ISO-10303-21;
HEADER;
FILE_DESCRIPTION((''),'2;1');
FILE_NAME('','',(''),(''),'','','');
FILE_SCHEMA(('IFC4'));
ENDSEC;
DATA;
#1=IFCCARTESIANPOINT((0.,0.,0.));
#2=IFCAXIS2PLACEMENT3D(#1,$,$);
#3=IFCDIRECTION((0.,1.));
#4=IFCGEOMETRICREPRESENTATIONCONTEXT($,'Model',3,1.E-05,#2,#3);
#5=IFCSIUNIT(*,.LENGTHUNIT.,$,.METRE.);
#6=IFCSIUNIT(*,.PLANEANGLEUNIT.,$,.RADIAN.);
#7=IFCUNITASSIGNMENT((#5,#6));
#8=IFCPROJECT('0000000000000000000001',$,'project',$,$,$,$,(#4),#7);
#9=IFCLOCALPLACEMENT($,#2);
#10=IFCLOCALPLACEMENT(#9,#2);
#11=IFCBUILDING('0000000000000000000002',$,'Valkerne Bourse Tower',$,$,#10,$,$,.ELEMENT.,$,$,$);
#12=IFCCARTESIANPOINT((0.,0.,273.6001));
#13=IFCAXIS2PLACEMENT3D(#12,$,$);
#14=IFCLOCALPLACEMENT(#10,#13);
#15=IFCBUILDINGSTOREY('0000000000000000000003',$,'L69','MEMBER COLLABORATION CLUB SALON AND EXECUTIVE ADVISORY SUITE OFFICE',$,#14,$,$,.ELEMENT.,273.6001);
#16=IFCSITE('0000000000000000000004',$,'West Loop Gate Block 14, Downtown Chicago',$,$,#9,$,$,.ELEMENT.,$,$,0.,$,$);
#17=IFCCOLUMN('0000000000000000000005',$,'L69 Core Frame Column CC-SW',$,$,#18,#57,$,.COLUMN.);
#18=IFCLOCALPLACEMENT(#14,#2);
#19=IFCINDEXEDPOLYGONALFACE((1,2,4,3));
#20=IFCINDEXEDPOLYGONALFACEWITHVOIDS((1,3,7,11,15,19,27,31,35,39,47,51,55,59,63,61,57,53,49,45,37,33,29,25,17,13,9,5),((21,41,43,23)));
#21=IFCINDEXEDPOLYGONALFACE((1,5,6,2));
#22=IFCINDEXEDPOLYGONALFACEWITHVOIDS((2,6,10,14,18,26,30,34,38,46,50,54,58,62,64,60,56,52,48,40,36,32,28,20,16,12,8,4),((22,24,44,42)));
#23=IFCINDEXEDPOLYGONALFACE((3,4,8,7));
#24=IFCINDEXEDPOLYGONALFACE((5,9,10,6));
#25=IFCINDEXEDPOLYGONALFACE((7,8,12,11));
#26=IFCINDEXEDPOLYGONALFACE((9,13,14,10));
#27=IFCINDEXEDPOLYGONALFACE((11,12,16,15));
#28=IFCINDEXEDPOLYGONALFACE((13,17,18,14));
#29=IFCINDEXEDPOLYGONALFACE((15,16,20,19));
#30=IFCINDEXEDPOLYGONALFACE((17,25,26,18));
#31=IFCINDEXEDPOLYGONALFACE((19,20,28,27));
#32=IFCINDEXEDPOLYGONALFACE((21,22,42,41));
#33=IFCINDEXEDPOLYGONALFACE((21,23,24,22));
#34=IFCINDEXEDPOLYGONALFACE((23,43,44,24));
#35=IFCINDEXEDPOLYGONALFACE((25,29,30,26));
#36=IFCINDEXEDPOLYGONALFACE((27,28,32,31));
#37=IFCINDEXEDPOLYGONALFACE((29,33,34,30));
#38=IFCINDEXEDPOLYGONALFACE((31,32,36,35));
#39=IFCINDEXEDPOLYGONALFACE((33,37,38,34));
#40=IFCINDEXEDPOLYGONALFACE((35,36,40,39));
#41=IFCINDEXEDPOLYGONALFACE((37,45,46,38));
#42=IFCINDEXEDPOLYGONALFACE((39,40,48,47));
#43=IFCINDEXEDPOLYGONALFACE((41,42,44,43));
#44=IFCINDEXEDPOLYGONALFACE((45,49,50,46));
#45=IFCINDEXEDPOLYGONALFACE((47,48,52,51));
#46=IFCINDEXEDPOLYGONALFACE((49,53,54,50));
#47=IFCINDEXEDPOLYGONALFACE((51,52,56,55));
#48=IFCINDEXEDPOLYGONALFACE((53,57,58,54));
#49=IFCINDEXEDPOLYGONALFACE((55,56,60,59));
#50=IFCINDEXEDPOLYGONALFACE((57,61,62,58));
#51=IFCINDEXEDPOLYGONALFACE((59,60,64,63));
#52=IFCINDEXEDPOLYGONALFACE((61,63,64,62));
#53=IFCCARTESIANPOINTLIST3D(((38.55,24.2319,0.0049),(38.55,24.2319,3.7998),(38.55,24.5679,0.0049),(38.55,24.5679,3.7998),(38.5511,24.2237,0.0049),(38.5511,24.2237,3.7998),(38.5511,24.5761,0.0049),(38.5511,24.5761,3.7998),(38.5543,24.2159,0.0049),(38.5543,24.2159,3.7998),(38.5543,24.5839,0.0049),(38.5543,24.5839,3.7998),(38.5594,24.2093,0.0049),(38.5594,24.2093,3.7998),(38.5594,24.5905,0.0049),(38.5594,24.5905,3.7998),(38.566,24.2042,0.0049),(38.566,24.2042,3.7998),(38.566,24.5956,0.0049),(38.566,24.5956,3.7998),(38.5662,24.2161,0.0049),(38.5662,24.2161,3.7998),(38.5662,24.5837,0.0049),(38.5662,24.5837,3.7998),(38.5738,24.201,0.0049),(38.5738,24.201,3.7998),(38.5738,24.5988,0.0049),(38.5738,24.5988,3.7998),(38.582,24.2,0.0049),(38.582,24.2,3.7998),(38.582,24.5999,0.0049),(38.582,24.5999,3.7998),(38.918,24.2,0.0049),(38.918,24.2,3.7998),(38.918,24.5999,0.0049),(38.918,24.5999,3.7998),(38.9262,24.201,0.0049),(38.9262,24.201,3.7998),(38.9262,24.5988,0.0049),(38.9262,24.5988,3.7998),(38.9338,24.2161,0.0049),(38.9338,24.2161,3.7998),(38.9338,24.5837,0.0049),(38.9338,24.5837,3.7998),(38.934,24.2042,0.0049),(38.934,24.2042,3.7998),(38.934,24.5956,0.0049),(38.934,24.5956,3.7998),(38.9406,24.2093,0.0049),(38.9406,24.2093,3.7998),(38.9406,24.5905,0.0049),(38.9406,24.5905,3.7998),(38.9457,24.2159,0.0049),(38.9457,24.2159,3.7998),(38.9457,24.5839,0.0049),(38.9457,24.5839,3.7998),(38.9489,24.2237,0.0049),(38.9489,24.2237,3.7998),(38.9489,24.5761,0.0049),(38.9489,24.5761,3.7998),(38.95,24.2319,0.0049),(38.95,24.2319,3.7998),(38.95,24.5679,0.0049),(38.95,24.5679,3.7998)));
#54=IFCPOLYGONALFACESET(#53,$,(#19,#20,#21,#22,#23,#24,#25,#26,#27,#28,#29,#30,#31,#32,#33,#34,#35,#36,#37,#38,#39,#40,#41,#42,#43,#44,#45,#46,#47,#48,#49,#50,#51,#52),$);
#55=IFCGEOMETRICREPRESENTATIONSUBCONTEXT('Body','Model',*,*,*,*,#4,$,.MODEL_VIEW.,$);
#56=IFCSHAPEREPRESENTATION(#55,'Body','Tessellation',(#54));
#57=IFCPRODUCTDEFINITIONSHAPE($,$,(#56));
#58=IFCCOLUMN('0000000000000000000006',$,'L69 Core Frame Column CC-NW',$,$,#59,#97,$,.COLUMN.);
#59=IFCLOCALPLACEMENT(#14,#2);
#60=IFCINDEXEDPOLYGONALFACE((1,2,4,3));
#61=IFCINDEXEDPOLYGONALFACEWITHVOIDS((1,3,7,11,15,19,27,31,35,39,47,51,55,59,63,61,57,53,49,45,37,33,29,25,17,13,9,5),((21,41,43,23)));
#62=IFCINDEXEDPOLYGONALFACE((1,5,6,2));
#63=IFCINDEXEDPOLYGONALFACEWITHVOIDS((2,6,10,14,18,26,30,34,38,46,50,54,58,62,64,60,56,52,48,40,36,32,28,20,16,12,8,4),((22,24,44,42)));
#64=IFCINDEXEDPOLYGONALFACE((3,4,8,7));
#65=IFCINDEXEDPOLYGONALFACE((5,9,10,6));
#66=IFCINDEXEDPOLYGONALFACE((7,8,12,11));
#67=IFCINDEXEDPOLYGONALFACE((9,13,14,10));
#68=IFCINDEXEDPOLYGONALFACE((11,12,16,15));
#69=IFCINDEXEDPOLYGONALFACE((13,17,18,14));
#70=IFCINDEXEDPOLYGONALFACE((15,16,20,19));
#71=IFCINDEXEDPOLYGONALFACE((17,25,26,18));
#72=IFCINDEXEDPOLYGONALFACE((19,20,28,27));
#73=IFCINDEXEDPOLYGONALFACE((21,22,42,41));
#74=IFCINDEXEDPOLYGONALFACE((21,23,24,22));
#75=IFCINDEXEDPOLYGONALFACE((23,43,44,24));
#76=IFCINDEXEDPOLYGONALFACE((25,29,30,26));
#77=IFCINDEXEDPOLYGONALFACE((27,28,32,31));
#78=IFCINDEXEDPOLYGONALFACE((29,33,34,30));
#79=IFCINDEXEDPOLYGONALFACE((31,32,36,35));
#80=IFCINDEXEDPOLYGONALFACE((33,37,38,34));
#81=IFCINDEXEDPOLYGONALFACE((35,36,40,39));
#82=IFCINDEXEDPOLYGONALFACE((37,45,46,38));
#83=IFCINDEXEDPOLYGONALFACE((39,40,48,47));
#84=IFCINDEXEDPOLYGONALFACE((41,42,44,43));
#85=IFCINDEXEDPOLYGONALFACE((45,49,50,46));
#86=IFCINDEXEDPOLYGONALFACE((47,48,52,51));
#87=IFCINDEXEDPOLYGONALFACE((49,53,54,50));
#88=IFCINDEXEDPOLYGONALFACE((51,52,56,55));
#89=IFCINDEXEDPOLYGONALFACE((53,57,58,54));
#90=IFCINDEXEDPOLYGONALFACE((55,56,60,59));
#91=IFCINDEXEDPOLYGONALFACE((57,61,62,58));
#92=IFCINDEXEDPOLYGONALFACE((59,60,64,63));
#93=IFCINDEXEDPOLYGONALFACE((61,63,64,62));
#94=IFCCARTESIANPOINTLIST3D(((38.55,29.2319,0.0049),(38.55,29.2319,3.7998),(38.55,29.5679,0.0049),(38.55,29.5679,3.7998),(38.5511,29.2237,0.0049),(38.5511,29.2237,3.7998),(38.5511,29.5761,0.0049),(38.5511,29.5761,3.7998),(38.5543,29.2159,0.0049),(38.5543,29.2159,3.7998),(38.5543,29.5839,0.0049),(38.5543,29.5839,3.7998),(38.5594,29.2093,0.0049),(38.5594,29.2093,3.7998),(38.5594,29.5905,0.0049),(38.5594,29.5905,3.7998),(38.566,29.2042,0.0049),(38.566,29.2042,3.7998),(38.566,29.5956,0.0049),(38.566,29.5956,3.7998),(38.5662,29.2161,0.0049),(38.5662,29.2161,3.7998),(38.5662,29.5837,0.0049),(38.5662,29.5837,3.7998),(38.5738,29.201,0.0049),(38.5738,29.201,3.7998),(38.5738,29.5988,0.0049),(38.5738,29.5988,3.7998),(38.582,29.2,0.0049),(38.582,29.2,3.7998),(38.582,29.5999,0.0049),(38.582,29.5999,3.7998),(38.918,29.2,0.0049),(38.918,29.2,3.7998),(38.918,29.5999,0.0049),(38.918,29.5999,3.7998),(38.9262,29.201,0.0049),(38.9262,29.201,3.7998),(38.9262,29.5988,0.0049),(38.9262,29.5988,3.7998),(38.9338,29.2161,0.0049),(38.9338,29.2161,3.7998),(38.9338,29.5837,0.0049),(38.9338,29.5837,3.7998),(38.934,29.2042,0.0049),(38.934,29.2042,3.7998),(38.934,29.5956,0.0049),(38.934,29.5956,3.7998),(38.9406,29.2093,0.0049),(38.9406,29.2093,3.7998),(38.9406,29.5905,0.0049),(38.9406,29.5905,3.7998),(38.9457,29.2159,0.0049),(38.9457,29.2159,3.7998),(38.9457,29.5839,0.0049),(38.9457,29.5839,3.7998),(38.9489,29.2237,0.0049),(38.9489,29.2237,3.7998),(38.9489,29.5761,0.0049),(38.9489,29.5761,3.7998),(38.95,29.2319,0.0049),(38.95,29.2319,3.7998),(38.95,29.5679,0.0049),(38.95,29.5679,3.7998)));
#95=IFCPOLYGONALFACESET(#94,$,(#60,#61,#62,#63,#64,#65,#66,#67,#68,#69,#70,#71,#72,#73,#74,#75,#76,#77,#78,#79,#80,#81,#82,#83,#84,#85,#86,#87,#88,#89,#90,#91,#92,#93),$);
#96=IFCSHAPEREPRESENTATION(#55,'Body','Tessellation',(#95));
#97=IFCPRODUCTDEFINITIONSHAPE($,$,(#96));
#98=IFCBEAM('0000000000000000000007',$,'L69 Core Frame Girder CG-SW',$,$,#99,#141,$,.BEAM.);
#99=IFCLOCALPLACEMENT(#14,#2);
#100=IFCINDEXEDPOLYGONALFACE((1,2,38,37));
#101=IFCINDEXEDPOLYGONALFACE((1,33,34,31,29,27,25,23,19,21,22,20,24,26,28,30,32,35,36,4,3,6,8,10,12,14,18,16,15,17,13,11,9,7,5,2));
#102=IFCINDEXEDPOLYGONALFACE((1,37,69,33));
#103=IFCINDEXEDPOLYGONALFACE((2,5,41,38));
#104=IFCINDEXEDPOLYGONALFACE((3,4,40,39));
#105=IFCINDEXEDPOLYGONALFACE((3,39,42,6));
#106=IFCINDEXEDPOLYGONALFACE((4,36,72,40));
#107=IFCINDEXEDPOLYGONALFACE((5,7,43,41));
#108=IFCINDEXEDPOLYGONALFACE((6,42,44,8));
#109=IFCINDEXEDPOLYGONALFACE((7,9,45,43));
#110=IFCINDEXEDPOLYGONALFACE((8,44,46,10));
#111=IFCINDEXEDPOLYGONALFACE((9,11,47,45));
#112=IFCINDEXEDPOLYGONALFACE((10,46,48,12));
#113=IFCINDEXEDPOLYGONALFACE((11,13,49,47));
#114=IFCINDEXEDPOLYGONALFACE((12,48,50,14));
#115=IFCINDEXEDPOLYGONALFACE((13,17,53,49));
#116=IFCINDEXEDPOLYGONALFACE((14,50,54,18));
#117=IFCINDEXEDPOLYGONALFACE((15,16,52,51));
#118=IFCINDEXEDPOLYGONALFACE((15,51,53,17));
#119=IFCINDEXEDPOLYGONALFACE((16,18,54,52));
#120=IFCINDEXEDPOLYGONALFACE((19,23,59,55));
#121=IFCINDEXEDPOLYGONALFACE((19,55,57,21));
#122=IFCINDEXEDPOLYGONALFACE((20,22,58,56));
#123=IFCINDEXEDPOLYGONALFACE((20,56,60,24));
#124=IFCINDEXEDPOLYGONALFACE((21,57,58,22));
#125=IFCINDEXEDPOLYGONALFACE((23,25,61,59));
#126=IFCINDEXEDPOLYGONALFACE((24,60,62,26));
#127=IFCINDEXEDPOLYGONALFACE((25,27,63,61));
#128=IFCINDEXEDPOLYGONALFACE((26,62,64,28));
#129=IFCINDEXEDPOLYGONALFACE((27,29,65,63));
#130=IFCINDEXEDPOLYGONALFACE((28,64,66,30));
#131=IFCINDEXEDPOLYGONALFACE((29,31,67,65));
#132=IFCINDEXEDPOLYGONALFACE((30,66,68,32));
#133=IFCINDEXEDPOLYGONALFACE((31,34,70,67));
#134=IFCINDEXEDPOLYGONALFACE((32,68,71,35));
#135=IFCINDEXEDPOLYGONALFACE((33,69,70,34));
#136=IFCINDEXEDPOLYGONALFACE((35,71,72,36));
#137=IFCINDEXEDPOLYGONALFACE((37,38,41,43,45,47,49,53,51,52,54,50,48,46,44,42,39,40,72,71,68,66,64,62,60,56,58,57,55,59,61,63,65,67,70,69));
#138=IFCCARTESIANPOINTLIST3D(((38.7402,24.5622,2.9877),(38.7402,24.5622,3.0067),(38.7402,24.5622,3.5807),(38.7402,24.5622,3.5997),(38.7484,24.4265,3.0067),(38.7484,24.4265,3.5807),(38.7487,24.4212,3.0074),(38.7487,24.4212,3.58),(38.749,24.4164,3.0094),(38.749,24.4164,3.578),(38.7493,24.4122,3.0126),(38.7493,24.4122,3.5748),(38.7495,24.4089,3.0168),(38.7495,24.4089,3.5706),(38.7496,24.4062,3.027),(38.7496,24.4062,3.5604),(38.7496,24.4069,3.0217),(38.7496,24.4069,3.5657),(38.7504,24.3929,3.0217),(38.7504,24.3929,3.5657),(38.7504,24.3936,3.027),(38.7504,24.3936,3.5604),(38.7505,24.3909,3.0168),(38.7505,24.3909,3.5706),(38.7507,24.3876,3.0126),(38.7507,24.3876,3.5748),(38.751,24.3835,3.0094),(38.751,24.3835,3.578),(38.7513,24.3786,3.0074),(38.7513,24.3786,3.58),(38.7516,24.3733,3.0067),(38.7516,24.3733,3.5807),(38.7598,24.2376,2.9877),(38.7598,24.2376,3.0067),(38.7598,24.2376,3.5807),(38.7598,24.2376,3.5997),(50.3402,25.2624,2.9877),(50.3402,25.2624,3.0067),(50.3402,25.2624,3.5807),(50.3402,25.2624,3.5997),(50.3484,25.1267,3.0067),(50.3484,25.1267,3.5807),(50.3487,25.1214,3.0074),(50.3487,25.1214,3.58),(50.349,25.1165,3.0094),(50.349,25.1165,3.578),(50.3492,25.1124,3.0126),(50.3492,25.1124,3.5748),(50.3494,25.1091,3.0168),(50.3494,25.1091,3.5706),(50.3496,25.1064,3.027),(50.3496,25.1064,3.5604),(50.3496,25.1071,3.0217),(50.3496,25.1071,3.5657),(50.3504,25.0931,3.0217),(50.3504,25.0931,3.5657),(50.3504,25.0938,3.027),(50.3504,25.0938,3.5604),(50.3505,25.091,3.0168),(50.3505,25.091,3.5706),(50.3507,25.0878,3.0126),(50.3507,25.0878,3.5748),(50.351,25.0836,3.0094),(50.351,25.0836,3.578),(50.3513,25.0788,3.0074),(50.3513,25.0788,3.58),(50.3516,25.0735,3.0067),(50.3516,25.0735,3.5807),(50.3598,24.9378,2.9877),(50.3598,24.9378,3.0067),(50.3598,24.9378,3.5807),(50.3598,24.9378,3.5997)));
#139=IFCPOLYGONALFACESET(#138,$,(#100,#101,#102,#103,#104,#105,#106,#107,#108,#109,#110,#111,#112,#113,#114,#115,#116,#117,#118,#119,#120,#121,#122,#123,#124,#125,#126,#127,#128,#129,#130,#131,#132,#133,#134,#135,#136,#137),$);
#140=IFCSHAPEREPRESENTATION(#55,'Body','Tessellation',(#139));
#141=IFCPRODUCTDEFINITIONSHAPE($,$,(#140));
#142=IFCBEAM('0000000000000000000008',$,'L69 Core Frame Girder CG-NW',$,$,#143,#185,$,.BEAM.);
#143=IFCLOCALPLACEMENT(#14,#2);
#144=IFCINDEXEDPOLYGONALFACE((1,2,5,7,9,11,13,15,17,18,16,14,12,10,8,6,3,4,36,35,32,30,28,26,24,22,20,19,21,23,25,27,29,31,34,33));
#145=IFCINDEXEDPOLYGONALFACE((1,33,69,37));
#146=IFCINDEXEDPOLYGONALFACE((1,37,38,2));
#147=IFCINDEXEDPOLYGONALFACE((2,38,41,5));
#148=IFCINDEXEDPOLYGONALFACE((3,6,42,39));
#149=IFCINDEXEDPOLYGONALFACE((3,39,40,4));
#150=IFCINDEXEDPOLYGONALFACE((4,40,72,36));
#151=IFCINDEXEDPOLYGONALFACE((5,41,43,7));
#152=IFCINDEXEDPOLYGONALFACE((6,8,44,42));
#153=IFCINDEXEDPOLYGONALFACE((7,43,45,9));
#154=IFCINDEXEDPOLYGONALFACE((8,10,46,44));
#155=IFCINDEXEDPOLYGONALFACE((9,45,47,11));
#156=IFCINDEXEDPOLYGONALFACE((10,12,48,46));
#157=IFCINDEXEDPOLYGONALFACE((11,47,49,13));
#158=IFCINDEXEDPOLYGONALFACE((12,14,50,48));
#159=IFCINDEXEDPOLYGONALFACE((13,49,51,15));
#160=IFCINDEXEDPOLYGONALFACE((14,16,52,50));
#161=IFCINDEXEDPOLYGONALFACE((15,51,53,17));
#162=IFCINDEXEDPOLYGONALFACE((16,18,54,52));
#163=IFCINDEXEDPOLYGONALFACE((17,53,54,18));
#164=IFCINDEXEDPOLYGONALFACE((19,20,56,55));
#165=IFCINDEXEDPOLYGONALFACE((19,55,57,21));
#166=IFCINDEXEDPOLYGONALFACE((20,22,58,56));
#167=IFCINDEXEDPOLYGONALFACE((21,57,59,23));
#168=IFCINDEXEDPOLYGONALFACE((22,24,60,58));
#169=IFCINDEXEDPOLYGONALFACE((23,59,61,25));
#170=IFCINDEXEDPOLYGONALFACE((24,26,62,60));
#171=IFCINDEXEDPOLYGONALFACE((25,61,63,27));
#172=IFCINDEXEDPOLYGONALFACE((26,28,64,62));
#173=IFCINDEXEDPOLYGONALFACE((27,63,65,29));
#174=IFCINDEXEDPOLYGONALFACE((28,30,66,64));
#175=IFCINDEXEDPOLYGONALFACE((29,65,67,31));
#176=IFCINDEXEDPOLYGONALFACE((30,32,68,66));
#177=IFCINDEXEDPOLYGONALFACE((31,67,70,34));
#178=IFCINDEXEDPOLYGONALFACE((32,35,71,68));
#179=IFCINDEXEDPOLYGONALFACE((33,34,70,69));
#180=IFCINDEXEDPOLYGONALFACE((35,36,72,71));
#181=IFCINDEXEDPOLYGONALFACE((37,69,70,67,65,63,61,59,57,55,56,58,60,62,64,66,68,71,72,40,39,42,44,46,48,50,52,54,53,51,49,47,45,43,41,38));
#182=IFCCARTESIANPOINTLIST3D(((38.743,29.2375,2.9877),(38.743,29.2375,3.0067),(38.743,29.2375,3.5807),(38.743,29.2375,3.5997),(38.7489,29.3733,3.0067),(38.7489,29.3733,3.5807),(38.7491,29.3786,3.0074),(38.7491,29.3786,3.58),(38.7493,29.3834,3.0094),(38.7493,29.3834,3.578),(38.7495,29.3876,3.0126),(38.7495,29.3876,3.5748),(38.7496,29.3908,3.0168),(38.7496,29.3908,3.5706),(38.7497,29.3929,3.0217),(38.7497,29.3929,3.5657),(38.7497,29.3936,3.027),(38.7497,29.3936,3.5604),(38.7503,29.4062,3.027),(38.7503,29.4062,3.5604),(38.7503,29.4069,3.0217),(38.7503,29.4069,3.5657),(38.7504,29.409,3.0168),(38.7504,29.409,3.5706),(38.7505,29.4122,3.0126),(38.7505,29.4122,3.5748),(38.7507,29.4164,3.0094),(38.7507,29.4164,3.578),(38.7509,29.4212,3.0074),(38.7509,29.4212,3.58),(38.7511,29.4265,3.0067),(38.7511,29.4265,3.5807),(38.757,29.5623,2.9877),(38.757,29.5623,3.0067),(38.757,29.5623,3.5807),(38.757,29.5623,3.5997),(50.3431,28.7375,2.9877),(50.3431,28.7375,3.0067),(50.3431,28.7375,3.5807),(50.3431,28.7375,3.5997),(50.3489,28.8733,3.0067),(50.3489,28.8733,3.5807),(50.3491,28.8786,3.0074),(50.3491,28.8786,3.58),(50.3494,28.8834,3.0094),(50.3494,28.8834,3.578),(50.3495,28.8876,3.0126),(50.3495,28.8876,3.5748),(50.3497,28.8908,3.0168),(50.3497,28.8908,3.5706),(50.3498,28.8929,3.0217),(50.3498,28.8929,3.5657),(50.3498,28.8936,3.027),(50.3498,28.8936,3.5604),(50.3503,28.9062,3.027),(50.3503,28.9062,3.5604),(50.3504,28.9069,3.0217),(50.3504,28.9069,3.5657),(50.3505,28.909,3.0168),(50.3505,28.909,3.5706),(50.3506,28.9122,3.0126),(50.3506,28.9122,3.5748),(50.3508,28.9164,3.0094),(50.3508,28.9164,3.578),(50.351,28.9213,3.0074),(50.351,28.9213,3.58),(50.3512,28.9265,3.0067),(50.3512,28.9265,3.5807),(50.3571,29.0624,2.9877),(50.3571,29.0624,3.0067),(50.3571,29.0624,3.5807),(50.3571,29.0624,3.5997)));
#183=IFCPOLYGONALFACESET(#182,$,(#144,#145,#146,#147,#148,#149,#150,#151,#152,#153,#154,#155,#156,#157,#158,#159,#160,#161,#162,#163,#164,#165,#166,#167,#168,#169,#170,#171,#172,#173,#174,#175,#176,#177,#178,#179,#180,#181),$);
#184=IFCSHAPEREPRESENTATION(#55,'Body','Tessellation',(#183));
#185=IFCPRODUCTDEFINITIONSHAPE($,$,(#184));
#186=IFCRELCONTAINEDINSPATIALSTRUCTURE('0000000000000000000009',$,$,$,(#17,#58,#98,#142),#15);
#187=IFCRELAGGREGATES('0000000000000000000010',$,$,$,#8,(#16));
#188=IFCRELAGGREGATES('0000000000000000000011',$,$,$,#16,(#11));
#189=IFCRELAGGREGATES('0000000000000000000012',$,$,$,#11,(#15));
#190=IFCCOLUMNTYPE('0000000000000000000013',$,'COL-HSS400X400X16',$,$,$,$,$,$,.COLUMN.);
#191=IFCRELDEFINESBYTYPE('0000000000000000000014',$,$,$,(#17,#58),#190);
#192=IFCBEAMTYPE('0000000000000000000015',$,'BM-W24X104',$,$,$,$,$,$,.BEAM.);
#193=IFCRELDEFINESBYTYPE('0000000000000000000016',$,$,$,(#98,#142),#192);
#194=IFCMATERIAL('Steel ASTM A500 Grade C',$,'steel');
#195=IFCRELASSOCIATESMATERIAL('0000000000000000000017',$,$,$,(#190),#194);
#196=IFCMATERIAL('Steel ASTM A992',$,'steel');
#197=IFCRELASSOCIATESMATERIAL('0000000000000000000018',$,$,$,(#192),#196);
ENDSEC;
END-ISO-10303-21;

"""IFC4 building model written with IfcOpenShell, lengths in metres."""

from ifc_helpers import new_model, si_unit, direction, frame, origin, origin_2d, place, context, subcontext, project, spatial, hollow_rectangle, i_section, extrude, material, material_profile, profile_set, type_object, element, save


model = new_model("IFC4")

# Units and contexts
model_context = context("Model", 3, precision=1e-05, world=origin(), true_north=direction((0.0, 1.0)))
body_context = subcontext(model_context, "Body", "Model", "MODEL_VIEW")
ifc_project = project(units=[si_unit("LENGTHUNIT", "METRE"), si_unit("PLANEANGLEUNIT", "RADIAN")], contexts=[model_context])

# Site, building, storey
site_placement = place(None, origin())
site = spatial("IfcSite", under=ifc_project, at=site_placement, Name="West Loop Gate Block 14, Downtown Chicago", CompositionType="ELEMENT", RefElevation=0.0)
building_placement = place(site_placement, origin())
building = spatial("IfcBuilding", under=site, at=building_placement, Name="Valkerne Bourse Tower", CompositionType="ELEMENT")
storey_placement = place(building_placement, frame((0.0, 0.0, 273.6001)))
storey = spatial("IfcBuildingStorey", under=building, at=storey_placement, Name="L69", Description="MEMBER COLLABORATION CLUB SALON AND EXECUTIVE ADVISORY SUITE OFFICE", CompositionType="ELEMENT", Elevation=273.6001)

# Columns
ifc_material_1 = material(Name="Steel ASTM A500 Grade C", Category="steel")
ifc_material_profile_1 = material_profile(ifc_material_1, hollow_rectangle(XDim=0.3999, YDim=0.3999, WallThickness=0.0161, OuterFilletRadius=0.032, at=origin_2d()), Name="HSS400X400X16")
ifc_profile_set_1 = profile_set([ifc_material_profile_1], Name="Steel ASTM A500 Grade C")
column_type = type_object("IfcColumnType", Name="COL-HSS400X400X16", PredefinedType="COLUMN", material=ifc_profile_set_1)
for number, where, z_axis, x_axis, name in (
    (1, (38.75, 24.3999, 0.0049), (0.0, 0.0, 1.0), (1.0, 0.0, 0.0), "L69 Core Frame Column CC-SW"),
    (2, (38.75, 29.3999, 0.0049), (0.0, 0.0, 1.0), (1.0, 0.0, 0.0), "L69 Core Frame Column CC-NW"),
):
    element("IfcColumn", number, at=place(storey_placement, frame(where, z_axis=z_axis, x_axis=x_axis)), inside=storey, type_object=column_type, Name=name, PredefinedType="COLUMN", context=body_context, shape_type="SweptSolid", body=[
        extrude(hollow_rectangle(XDim=0.3999, YDim=0.3999, WallThickness=0.0161, OuterFilletRadius=0.032, at=origin_2d()), origin(), (0.0, 0.0, 1.0), 3.7949),
    ])

# Beams
ifc_material_2 = material(Name="Steel ASTM A992", Category="steel")
ifc_material_profile_2 = material_profile(ifc_material_2, i_section(OverallWidth=0.3252, OverallDepth=0.6121, WebThickness=0.0127, FlangeThickness=0.019, FilletRadius=0.0203, at=origin_2d()), Name="W24X104")
ifc_profile_set_2 = profile_set([ifc_material_profile_2], Name="Steel ASTM A992")
beam_type = type_object("IfcBeamType", Name="BM-W24X104", PredefinedType="BEAM", material=ifc_profile_set_2)
beam_1_placement = place(storey_placement, frame((38.75, 24.3999, 3.2937), z_axis=(0.998183, 0.060251, 0.0), x_axis=(-0.060251, 0.998183, 0.0)))
element("IfcBeam", 3, at=beam_1_placement, inside=storey, type_object=beam_type, Name="L69 Core Frame Girder CG-SW", PredefinedType="BEAM", context=body_context, shape_type="SweptSolid", body=[
    extrude(i_section(OverallWidth=0.3252, OverallDepth=0.6121, WebThickness=0.0127, FlangeThickness=0.019, FilletRadius=0.0203, at=origin_2d()), origin(), (0.0, 0.0, 1.0), 11.6211),
])
beam_2_placement = place(storey_placement, frame((38.75, 29.3999, 3.2937), z_axis=(0.999072, -0.043063, 0.0), x_axis=(0.043063, 0.999072, 0.0)))
element("IfcBeam", 4, at=beam_2_placement, inside=storey, type_object=beam_type, Name="L69 Core Frame Girder CG-NW", PredefinedType="BEAM", context=body_context, shape_type="SweptSolid", body=[
    extrude(i_section(OverallWidth=0.3252, OverallDepth=0.6121, WebThickness=0.0127, FlangeThickness=0.019, FilletRadius=0.0203, at=origin_2d()), origin(), (0.0, 0.0, 1.0), 11.6108),
])

save(model, "model.ifc")
